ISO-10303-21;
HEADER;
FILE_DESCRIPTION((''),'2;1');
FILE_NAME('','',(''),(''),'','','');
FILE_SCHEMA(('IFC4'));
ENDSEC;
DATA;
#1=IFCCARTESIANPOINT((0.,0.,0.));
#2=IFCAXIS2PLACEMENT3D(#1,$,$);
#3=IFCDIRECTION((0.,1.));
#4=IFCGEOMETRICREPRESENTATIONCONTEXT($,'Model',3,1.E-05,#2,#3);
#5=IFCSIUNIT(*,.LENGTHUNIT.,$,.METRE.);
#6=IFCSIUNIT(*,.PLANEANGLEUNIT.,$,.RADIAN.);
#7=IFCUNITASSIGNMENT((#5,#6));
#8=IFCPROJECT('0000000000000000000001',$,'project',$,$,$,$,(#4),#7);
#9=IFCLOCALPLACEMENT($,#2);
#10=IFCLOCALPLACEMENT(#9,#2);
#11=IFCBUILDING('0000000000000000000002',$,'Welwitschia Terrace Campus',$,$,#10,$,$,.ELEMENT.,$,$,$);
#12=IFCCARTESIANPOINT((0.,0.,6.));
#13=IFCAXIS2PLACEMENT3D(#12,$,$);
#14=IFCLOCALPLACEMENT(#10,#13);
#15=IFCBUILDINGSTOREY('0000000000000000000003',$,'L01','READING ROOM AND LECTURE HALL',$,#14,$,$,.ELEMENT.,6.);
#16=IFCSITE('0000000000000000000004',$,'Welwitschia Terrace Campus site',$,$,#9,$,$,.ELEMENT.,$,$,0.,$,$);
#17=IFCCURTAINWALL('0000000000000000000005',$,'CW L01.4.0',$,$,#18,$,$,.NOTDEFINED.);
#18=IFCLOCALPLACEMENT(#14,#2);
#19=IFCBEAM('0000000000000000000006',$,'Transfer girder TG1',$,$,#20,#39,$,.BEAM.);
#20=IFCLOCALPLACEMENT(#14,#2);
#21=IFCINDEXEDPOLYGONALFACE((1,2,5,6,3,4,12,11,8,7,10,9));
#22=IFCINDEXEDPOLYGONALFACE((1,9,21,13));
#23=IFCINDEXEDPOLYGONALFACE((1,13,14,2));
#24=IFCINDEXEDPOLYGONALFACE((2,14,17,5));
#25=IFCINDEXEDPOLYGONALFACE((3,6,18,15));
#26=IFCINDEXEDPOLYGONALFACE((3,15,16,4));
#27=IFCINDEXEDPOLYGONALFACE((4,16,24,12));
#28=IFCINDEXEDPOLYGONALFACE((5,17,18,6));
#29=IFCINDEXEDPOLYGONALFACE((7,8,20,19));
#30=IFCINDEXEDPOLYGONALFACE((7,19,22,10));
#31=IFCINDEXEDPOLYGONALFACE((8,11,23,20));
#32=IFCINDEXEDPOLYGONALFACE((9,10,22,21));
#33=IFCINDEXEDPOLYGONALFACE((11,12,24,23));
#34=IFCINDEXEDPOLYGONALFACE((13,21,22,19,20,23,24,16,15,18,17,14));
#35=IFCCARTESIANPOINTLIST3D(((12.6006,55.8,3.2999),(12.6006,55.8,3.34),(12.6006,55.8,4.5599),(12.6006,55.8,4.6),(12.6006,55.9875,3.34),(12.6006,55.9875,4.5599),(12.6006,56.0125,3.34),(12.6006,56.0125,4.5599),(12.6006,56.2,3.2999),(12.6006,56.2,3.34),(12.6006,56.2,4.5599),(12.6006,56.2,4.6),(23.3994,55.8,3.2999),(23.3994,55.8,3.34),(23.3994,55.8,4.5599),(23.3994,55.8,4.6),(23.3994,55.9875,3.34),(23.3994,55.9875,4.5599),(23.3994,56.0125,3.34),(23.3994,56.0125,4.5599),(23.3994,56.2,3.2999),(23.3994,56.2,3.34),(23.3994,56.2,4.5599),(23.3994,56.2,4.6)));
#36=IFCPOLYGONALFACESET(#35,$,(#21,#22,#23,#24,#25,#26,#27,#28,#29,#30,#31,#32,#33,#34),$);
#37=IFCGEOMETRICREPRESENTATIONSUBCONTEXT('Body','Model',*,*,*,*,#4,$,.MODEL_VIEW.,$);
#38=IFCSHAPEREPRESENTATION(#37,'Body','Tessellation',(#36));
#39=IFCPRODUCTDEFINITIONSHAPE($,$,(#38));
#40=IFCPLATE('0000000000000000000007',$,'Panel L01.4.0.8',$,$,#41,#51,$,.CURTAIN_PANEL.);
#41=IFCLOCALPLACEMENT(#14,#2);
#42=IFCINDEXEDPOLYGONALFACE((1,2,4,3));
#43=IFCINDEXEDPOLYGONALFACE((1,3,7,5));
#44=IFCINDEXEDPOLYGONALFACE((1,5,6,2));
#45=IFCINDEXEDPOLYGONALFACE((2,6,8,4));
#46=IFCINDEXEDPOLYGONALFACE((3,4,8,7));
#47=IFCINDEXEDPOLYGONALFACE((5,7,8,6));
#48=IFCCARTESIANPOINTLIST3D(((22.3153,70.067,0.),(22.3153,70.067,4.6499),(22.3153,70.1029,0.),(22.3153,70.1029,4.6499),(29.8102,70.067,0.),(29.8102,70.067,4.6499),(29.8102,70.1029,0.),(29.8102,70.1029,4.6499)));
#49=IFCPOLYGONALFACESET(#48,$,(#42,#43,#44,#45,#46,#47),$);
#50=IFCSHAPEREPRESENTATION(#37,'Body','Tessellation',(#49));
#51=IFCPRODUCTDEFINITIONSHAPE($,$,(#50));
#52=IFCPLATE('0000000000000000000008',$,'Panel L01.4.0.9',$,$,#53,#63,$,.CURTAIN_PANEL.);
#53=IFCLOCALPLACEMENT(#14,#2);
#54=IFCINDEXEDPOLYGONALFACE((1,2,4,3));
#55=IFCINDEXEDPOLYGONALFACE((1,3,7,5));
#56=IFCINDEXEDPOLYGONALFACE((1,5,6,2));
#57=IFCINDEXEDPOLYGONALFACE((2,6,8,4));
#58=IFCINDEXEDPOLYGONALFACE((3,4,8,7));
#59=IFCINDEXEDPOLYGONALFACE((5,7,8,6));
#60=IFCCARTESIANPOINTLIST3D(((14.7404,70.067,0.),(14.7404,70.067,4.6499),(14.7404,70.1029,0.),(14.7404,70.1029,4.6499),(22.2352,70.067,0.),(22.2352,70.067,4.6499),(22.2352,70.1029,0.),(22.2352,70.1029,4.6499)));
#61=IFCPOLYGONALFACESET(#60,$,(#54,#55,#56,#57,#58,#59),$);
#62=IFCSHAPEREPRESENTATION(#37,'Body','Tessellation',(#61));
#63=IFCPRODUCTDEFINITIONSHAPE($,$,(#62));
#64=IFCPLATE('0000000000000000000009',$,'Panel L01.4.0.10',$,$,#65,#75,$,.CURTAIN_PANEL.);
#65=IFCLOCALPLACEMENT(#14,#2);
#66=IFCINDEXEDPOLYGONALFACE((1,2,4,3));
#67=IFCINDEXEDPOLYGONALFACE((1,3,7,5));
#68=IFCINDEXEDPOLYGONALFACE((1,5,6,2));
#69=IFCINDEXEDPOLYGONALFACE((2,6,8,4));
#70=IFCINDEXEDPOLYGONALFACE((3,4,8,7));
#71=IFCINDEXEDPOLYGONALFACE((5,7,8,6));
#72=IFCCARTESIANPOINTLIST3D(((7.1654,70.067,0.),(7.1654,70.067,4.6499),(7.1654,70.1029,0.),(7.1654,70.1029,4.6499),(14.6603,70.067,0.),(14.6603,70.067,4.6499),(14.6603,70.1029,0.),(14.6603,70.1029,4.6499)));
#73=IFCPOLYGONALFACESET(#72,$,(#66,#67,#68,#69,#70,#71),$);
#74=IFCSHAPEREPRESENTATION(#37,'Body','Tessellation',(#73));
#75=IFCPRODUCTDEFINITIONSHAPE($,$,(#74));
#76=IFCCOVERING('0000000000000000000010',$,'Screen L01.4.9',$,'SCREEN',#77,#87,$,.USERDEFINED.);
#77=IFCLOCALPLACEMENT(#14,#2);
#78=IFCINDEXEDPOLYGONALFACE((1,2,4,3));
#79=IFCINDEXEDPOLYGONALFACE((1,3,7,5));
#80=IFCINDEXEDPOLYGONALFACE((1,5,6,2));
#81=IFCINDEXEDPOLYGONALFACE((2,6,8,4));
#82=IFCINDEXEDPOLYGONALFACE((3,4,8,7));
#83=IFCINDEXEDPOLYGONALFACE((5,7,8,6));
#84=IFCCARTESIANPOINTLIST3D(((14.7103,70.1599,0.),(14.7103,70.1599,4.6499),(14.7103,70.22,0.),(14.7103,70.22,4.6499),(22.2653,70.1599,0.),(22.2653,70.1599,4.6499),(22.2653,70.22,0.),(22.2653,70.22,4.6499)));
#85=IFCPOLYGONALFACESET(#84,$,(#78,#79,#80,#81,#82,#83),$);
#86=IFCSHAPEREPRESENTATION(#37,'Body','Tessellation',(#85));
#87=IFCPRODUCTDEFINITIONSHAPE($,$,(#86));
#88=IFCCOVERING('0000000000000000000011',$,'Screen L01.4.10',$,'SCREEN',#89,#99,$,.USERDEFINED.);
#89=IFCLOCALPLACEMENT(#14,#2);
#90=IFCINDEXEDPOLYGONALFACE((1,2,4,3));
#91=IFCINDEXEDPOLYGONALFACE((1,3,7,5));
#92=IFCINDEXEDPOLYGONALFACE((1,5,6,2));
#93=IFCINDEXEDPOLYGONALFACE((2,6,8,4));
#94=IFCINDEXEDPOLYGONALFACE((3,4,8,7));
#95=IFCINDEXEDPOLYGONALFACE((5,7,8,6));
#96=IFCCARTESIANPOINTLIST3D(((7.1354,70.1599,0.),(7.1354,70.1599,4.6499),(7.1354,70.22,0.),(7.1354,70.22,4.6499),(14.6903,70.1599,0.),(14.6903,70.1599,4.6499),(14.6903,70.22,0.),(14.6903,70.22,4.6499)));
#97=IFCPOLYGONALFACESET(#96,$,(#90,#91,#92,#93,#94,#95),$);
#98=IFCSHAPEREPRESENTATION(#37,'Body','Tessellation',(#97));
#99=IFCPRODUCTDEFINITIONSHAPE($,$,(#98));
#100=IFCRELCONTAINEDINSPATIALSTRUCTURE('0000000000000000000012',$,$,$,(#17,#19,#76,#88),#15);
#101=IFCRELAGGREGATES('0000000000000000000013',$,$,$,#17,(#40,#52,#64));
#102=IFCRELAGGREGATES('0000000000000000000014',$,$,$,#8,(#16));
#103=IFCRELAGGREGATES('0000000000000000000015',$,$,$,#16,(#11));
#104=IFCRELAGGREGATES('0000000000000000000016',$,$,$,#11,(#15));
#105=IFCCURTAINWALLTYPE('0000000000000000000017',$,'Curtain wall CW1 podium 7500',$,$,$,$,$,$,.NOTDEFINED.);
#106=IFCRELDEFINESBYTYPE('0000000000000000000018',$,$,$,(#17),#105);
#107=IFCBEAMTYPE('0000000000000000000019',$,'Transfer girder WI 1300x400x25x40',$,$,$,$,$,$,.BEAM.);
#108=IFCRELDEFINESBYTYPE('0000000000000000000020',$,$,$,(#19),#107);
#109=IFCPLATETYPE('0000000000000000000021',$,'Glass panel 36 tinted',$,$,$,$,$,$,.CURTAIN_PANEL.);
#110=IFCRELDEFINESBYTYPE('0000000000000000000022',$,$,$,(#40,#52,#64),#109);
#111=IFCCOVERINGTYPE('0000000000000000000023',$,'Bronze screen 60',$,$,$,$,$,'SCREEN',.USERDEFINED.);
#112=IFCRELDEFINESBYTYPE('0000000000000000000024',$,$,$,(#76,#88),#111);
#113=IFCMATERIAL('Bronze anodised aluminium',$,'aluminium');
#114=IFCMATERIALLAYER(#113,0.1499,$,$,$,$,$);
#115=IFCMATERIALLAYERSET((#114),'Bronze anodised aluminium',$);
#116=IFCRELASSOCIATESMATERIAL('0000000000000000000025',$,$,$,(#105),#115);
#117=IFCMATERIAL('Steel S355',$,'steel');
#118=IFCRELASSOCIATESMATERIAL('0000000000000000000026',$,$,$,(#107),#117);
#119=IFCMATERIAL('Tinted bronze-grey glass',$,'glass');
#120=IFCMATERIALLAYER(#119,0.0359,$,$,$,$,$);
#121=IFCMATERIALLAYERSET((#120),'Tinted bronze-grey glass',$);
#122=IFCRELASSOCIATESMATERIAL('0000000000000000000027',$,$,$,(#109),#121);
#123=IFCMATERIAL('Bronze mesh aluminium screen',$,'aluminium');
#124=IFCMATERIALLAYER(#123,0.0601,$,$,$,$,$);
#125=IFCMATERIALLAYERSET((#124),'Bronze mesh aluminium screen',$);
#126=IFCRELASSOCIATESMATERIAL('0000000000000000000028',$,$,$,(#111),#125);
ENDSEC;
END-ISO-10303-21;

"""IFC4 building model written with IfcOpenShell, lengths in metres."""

from ifc_helpers import new_model, si_unit, direction, frame, origin, origin_2d, place, context, subcontext, project, spatial, rectangle, i_section, extrude, material, layer, layer_set, material_profile, profile_set, type_object, element, aggregate, save


model = new_model("IFC4")

# Units and contexts
model_context = context("Model", 3, precision=1e-05, world=origin(), true_north=direction((0.0, 1.0)))
body_context = subcontext(model_context, "Body", "Model", "MODEL_VIEW")
ifc_project = project(units=[si_unit("LENGTHUNIT", "METRE"), si_unit("PLANEANGLEUNIT", "RADIAN")], contexts=[model_context])

# Site, building, storey
site_placement = place(None, origin())
site = spatial("IfcSite", under=ifc_project, at=site_placement, Name="Welwitschia Terrace Campus site", CompositionType="ELEMENT", RefElevation=0.0)
building_placement = place(site_placement, origin())
building = spatial("IfcBuilding", under=site, at=building_placement, Name="Welwitschia Terrace Campus", CompositionType="ELEMENT")
storey_placement = place(building_placement, frame((0.0, 0.0, 6.0)))
storey = spatial("IfcBuildingStorey", under=building, at=storey_placement, Name="L01", Description="READING ROOM AND LECTURE HALL", CompositionType="ELEMENT", Elevation=6.0)

# Curtain wall
ifc_material_1 = material(Name="Bronze anodised aluminium", Category="aluminium")
ifc_layer_1 = layer(ifc_material_1, 0.1499)
ifc_layer_set_1 = layer_set([ifc_layer_1], Name="Bronze anodised aluminium")
curtain_wall_type = type_object("IfcCurtainWallType", Name="Curtain wall CW1 podium 7500", PredefinedType="NOTDEFINED", material=ifc_layer_set_1)
curtain_wall_placement = place(storey_placement, origin())
curtain_wall = element("IfcCurtainWall", 1, at=curtain_wall_placement, inside=storey, type_object=curtain_wall_type, Name="CW L01.4.0", PredefinedType="NOTDEFINED")

# Beam
ifc_material_2 = material(Name="Steel S355", Category="steel")
ifc_material_profile_1 = material_profile(ifc_material_2, i_section(OverallWidth=0.3999, OverallDepth=1.3, WebThickness=0.0249, FlangeThickness=0.04, at=origin_2d()))
ifc_profile_set_1 = profile_set([ifc_material_profile_1], Name="Steel S355")
beam_type_1 = type_object("IfcBeamType", Name="Transfer girder WI 1300x400x25x40", PredefinedType="BEAM", material=ifc_profile_set_1)
for number, where, z_axis, x_axis, name in (
    (2, (12.6006, 56.0, 3.95), (1.0, 0.0, 0.0), (0.0, 1.0, 0.0), "Transfer girder TG1"),
):
    element("IfcBeam", number, at=place(storey_placement, frame(where, z_axis=z_axis, x_axis=x_axis)), inside=storey, type_object=beam_type_1, Name=name, PredefinedType="BEAM", context=body_context, shape_type="SweptSolid", body=[
        extrude(i_section(OverallWidth=0.3999, OverallDepth=1.3, WebThickness=0.0249, FlangeThickness=0.04, at=origin_2d()), origin(), (0.0, 0.0, 1.0), 10.7988),
    ])

# Plates
ifc_material_3 = material(Name="Tinted bronze-grey glass", Category="glass")
ifc_layer_2 = layer(ifc_material_3, 0.0359)
ifc_layer_set_2 = layer_set([ifc_layer_2], Name="Tinted bronze-grey glass")
plate_type = type_object("IfcPlateType", Name="Glass panel 36 tinted", PredefinedType="CURTAIN_PANEL", material=ifc_layer_set_2)
plate_1_placement = place(storey_placement, frame((26.0627, 70.085, 0.0), z_axis=(0.0, 0.0, 1.0), x_axis=(-1.0, 0.0, 0.0)))
plate_1 = element("IfcPlate", 3, at=plate_1_placement, type_object=plate_type, Name="Panel L01.4.0.8", PredefinedType="CURTAIN_PANEL", context=body_context, shape_type="SweptSolid", body=[
    extrude(rectangle(XDim=7.4949, YDim=0.0359, at=origin_2d()), origin(), (0.0, 0.0, 1.0), 4.6499),
])
plate_2_placement = place(storey_placement, frame((18.4878, 70.085, 0.0), z_axis=(0.0, 0.0, 1.0), x_axis=(-1.0, 0.0, 0.0)))
plate_2 = element("IfcPlate", 4, at=plate_2_placement, type_object=plate_type, Name="Panel L01.4.0.9", PredefinedType="CURTAIN_PANEL", context=body_context, shape_type="SweptSolid", body=[
    extrude(rectangle(XDim=7.4949, YDim=0.0359, at=origin_2d()), origin(), (0.0, 0.0, 1.0), 4.6499),
])
plate_3_placement = place(storey_placement, frame((10.9128, 70.085, 0.0), z_axis=(0.0, 0.0, 1.0), x_axis=(-1.0, 0.0, 0.0)))
plate_3 = element("IfcPlate", 5, at=plate_3_placement, type_object=plate_type, Name="Panel L01.4.0.10", PredefinedType="CURTAIN_PANEL", context=body_context, shape_type="SweptSolid", body=[
    extrude(rectangle(XDim=7.4949, YDim=0.0359, at=origin_2d()), origin(), (0.0, 0.0, 1.0), 4.6499),
])
aggregate(curtain_wall, [plate_1, plate_2, plate_3])

# Coverings
ifc_material_4 = material(Name="Bronze mesh aluminium screen", Category="aluminium")
ifc_layer_3 = layer(ifc_material_4, 0.0601)
ifc_layer_set_3 = layer_set([ifc_layer_3], Name="Bronze mesh aluminium screen")
covering_type = type_object("IfcCoveringType", Name="Bronze screen 60", ElementType="SCREEN", PredefinedType="USERDEFINED", material=ifc_layer_set_3)
for number, where, z_axis, x_axis, name in (
    (6, (18.4878, 70.1899, 0.0), (0.0, 0.0, 1.0), (-1.0, 0.0, 0.0), "Screen L01.4.9"),
    (7, (10.9128, 70.1899, 0.0), (0.0, 0.0, 1.0), (-1.0, 0.0, 0.0), "Screen L01.4.10"),
):
    element("IfcCovering", number, at=place(storey_placement, frame(where, z_axis=z_axis, x_axis=x_axis)), inside=storey, type_object=covering_type, Name=name, ObjectType="SCREEN", PredefinedType="USERDEFINED", context=body_context, shape_type="SweptSolid", body=[
        extrude(rectangle(XDim=7.5549, YDim=0.0601, at=origin_2d()), origin(), (0.0, 0.0, 1.0), 4.6499),
    ])

save(model, "model.ifc")
